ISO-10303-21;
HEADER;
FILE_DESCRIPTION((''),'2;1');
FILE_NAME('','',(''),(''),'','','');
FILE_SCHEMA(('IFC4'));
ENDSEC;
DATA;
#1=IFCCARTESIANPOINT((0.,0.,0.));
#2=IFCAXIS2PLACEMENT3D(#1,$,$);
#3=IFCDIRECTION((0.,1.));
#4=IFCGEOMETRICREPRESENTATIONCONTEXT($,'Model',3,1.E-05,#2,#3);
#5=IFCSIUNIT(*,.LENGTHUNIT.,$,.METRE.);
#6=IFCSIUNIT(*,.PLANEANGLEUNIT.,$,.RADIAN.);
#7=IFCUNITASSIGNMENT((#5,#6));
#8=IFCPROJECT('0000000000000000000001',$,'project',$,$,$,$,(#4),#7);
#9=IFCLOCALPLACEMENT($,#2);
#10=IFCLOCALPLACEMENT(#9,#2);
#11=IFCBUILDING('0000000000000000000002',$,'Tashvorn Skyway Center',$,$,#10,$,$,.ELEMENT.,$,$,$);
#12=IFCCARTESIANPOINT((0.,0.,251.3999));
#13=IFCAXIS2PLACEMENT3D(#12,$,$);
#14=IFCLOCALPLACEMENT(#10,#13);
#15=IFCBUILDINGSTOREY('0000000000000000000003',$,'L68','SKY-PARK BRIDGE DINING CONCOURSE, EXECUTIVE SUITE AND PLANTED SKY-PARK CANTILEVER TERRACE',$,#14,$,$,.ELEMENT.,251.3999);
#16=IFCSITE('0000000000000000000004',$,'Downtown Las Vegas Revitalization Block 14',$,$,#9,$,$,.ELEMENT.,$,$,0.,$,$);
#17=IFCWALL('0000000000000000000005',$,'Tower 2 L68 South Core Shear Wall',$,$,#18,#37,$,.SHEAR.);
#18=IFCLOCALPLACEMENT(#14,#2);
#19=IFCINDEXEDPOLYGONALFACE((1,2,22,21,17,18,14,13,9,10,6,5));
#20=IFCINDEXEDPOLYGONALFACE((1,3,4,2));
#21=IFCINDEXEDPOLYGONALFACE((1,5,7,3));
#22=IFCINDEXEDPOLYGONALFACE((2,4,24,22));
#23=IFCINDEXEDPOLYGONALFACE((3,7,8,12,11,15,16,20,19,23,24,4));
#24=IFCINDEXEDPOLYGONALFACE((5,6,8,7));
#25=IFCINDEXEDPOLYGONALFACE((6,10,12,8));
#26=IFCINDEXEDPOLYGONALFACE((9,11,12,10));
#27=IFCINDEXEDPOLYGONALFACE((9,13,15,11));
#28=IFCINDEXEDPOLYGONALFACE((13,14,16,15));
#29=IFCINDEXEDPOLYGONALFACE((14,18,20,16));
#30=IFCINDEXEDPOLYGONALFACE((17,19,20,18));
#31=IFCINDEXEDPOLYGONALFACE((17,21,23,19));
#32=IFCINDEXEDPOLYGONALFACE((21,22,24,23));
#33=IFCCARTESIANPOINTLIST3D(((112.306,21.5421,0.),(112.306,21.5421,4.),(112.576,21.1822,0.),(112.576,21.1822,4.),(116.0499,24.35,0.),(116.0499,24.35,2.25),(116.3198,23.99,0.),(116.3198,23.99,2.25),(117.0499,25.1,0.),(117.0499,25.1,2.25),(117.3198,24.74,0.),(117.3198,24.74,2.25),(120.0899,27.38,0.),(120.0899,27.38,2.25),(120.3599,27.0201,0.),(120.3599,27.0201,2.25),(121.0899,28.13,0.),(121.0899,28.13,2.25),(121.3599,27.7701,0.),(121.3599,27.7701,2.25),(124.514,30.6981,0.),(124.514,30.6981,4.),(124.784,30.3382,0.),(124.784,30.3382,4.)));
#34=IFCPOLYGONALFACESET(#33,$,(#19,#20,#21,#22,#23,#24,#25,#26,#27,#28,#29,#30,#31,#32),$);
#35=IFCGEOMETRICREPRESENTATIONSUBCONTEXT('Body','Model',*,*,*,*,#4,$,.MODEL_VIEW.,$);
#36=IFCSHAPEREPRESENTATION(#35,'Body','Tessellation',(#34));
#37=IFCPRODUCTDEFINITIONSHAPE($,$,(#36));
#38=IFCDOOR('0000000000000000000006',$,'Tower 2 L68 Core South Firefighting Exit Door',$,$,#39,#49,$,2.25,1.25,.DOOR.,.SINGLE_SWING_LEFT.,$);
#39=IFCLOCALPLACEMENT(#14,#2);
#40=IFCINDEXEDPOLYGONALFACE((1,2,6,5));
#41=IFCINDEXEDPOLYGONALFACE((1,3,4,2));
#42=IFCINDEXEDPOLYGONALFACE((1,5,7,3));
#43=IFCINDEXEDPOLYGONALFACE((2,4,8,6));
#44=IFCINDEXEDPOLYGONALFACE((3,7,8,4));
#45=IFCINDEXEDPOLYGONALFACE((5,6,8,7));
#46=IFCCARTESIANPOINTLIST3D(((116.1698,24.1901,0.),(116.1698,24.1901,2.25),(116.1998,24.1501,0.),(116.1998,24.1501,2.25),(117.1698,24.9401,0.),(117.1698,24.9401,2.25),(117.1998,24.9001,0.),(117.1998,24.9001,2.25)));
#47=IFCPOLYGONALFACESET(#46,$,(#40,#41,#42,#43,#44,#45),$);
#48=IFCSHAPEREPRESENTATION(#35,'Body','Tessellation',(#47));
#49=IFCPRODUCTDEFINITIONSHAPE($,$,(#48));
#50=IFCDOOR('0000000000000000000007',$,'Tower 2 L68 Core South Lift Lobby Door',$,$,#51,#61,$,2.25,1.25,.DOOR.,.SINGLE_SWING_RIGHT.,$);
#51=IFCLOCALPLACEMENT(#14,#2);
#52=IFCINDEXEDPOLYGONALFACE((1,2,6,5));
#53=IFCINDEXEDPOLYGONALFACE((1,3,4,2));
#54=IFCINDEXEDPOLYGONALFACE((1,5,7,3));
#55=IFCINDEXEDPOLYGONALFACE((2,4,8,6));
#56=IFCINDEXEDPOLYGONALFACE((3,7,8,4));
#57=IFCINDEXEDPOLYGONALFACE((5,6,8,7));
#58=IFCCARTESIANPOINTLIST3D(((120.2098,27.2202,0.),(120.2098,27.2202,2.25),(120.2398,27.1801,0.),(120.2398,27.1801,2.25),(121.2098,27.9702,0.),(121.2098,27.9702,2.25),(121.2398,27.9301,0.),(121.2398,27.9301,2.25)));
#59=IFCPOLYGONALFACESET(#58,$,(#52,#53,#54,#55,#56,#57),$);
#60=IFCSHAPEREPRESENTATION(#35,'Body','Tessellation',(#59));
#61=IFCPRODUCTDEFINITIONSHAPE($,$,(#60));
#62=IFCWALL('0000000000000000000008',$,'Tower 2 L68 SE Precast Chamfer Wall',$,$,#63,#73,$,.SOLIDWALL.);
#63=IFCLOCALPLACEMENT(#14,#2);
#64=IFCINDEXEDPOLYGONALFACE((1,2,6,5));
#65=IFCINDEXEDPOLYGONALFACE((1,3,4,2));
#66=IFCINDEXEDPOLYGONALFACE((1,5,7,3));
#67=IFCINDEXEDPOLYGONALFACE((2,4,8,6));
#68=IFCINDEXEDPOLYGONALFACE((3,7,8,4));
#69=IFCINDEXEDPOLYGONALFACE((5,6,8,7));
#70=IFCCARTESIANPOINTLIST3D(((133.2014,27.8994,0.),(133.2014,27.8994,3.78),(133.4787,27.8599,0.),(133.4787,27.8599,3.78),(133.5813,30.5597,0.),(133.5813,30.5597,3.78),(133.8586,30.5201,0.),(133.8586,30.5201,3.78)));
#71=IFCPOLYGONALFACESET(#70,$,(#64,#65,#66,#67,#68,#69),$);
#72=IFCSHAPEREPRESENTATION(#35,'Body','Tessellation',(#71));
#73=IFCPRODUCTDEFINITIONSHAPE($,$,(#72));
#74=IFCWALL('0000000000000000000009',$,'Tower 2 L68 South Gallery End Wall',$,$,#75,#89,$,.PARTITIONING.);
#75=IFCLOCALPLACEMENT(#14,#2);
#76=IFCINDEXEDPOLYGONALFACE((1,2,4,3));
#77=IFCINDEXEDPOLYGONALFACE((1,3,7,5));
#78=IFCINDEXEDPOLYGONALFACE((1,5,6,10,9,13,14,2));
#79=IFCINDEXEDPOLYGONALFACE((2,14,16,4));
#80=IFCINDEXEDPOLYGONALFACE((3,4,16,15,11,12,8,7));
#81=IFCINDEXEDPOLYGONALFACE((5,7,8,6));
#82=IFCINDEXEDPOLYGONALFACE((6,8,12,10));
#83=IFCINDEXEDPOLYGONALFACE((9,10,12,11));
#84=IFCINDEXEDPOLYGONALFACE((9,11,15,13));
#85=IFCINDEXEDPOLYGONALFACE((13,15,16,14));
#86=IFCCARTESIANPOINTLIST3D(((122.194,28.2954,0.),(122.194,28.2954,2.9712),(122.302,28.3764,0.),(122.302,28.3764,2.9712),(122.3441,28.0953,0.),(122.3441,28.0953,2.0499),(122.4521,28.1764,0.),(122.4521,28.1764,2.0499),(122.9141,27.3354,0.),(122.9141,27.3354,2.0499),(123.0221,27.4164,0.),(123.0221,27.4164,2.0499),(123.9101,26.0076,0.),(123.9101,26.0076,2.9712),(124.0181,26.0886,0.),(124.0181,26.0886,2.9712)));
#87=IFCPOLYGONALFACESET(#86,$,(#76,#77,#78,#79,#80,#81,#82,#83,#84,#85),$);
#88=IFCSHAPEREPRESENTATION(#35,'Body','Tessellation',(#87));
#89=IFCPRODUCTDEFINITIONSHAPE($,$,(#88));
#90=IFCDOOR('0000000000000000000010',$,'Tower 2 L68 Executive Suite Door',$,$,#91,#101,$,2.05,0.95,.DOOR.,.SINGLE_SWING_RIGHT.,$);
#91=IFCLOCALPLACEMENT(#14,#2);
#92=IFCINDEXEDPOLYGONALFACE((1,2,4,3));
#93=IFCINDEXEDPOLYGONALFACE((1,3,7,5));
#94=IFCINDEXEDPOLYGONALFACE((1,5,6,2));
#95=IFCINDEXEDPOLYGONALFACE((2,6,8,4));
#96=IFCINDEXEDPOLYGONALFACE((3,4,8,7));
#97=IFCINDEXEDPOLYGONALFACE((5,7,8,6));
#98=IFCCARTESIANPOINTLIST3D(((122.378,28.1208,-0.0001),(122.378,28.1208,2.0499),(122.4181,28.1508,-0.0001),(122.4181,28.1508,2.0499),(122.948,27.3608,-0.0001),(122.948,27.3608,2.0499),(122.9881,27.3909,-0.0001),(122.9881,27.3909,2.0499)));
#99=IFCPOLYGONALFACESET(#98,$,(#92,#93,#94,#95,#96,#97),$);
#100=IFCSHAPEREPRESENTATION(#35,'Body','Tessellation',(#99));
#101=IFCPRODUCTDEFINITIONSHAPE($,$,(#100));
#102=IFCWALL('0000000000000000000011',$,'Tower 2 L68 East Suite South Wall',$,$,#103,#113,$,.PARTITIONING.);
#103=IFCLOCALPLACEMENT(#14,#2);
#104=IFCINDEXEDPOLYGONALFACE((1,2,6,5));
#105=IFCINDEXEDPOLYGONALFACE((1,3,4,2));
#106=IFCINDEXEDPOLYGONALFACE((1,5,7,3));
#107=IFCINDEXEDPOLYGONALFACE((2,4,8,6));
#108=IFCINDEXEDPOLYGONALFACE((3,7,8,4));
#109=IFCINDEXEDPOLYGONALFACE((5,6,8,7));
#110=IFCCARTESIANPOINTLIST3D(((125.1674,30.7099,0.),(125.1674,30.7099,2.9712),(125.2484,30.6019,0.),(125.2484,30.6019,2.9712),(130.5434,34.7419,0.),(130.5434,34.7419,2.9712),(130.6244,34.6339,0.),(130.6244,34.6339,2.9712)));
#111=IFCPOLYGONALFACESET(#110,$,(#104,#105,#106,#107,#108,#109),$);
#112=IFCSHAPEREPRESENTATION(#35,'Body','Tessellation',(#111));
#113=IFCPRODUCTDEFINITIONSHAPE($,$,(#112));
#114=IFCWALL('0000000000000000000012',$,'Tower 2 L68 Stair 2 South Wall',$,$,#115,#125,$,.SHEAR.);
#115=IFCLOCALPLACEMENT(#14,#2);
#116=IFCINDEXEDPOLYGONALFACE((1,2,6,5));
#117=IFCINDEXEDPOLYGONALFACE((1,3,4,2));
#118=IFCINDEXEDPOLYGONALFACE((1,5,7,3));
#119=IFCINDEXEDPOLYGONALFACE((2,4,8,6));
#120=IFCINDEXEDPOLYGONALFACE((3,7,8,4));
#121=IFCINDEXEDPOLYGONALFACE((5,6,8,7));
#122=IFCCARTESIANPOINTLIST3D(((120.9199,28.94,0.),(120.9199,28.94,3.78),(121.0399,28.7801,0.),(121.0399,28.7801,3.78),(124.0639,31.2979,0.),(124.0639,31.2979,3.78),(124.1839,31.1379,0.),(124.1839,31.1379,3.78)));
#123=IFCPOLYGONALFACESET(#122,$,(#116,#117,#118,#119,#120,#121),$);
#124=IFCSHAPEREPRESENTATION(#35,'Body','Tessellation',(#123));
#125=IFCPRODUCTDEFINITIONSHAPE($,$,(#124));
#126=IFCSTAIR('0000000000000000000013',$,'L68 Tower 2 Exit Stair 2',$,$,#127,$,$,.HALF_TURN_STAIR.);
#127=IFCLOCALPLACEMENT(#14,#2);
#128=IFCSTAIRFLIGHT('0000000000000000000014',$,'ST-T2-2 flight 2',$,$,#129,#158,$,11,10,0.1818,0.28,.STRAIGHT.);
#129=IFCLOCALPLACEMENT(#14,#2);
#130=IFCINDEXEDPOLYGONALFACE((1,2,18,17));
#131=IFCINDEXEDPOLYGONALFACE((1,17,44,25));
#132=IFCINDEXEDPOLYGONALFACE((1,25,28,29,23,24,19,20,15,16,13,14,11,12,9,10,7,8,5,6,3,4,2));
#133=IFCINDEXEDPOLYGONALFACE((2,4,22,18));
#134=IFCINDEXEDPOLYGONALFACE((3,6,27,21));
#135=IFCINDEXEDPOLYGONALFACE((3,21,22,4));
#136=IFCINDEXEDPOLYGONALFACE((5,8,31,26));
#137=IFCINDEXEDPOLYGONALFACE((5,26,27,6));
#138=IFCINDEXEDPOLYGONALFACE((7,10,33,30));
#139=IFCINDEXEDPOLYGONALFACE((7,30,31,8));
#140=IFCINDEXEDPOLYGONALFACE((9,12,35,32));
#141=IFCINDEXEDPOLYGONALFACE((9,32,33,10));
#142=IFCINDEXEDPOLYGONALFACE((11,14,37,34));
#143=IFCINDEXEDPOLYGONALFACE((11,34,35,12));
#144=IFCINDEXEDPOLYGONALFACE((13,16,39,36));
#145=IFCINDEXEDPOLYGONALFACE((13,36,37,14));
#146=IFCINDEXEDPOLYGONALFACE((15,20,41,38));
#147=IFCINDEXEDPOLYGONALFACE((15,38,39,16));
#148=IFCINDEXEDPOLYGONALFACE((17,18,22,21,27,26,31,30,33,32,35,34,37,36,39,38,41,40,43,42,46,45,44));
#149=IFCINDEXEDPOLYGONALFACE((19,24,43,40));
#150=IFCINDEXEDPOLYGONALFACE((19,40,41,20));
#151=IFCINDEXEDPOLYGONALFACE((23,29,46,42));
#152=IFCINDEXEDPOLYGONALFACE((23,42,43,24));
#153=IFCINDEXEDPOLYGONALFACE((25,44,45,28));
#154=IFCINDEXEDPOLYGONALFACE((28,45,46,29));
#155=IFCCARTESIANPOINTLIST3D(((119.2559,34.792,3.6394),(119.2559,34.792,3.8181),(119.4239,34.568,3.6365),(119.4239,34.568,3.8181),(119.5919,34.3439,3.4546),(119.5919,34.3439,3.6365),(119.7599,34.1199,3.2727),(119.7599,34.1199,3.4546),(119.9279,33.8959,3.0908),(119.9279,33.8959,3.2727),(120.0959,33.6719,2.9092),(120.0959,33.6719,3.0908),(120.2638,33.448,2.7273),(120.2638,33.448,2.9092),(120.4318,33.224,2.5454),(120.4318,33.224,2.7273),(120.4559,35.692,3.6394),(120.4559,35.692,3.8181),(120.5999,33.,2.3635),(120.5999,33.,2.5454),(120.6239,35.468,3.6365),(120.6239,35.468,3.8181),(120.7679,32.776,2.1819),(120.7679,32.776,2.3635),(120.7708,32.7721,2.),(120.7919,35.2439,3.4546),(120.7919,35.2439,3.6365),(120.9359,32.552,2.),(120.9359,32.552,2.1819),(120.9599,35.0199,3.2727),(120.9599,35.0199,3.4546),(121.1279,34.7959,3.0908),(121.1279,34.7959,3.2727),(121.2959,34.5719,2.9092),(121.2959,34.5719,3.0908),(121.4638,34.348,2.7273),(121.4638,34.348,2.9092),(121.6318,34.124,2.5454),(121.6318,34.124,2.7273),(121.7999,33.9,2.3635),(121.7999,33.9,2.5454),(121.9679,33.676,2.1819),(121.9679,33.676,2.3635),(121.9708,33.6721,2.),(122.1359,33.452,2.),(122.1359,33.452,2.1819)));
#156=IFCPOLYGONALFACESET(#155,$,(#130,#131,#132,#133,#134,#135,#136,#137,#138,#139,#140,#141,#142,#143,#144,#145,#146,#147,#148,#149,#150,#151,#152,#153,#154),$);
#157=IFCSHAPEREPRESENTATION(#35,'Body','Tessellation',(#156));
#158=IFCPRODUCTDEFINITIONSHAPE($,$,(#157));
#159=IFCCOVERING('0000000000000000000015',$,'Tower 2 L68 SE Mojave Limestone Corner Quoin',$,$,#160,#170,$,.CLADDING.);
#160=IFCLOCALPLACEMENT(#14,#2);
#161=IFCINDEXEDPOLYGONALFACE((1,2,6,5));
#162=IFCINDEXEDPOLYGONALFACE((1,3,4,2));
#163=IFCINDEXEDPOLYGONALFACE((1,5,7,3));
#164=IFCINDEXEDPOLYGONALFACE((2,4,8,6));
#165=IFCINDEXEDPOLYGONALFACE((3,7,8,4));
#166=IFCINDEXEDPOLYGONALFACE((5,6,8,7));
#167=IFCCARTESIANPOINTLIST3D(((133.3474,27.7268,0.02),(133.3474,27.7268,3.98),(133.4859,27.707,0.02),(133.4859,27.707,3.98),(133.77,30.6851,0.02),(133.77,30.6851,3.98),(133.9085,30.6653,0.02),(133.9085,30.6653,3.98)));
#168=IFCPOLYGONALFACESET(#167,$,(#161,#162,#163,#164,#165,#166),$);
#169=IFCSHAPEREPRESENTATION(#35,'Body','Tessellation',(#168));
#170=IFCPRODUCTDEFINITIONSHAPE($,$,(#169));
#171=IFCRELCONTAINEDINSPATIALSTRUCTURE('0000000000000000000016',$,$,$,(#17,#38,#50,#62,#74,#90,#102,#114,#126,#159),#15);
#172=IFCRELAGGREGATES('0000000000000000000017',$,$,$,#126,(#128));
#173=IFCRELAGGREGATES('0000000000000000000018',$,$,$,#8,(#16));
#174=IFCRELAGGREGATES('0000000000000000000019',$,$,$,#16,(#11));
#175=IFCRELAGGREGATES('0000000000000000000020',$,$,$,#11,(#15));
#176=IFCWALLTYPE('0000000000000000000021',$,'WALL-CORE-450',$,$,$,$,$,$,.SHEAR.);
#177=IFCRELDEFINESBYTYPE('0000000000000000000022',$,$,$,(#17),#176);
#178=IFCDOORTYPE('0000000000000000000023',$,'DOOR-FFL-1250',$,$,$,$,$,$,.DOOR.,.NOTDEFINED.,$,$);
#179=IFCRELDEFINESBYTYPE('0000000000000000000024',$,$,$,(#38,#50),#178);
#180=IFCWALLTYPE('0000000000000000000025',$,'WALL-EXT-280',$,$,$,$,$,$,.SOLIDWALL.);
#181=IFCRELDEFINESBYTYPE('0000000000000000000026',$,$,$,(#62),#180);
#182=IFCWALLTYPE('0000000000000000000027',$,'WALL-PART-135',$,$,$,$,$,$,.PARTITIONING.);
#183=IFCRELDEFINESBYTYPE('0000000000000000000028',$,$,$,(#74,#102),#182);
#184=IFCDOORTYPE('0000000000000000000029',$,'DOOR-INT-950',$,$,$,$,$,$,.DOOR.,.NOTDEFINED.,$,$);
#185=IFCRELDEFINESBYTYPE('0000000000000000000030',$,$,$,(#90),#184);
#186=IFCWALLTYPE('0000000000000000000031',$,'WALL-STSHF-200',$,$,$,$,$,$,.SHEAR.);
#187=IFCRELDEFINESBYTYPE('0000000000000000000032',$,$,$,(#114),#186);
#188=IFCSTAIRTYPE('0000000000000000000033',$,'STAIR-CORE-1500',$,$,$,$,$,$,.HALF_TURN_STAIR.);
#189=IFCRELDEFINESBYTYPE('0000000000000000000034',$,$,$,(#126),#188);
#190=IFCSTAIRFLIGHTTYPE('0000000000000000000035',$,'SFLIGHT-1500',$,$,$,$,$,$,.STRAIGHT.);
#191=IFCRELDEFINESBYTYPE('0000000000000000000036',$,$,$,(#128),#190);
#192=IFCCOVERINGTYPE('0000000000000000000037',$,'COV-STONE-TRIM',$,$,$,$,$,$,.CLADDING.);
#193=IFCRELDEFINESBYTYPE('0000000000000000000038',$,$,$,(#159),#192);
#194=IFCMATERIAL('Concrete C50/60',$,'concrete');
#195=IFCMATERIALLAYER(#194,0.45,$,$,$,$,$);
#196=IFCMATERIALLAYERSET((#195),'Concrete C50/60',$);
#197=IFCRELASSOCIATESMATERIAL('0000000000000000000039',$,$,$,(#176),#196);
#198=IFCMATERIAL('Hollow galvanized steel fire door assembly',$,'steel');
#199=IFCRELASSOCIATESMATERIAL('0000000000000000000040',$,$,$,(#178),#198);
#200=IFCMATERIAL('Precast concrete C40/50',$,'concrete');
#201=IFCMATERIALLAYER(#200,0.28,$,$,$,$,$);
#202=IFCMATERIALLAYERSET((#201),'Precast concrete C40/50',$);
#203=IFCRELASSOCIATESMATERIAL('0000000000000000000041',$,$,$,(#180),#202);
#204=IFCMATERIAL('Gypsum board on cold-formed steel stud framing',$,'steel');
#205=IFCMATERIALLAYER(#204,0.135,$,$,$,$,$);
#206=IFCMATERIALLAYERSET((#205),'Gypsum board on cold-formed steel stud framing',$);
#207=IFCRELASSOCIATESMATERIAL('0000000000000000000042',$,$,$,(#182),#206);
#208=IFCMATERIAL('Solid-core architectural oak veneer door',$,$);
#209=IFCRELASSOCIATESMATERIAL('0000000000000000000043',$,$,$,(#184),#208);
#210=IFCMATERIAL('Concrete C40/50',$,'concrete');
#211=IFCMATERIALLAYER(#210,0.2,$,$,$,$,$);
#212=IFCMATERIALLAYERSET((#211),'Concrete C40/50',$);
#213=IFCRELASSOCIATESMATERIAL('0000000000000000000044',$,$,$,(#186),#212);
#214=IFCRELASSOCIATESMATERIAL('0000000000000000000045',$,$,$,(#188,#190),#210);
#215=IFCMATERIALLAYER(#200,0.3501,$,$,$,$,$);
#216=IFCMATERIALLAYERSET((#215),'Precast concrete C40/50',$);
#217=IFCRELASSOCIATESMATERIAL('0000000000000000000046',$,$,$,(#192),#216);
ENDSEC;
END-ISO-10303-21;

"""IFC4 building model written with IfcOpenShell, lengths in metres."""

from ifc_helpers import new_model, si_unit, direction, frame, frame_2d, origin, origin_2d, place, context, subcontext, project, spatial, polyline, rectangle, outline, extrude, material, layer, layer_set, type_object, element, fill, aggregate, save


model = new_model("IFC4")

# Units and contexts
model_context = context("Model", 3, precision=1e-05, world=origin(), true_north=direction((0.0, 1.0)))
body_context = subcontext(model_context, "Body", "Model", "MODEL_VIEW")
ifc_project = project(units=[si_unit("LENGTHUNIT", "METRE"), si_unit("PLANEANGLEUNIT", "RADIAN")], contexts=[model_context])

# Site, building, storey
site_placement = place(None, origin())
site = spatial("IfcSite", under=ifc_project, at=site_placement, Name="Downtown Las Vegas Revitalization Block 14", CompositionType="ELEMENT", RefElevation=0.0)
building_placement = place(site_placement, origin())
building = spatial("IfcBuilding", under=site, at=building_placement, Name="Tashvorn Skyway Center", CompositionType="ELEMENT")
storey_placement = place(building_placement, frame((0.0, 0.0, 251.3999)))
storey = spatial("IfcBuildingStorey", under=building, at=storey_placement, Name="L68", Description="SKY-PARK BRIDGE DINING CONCOURSE, EXECUTIVE SUITE AND PLANTED SKY-PARK CANTILEVER TERRACE", CompositionType="ELEMENT", Elevation=251.3999)

# Wall, openings, doors
ifc_material_1 = material(Name="Concrete C50/60", Category="concrete")
ifc_layer_1 = layer(ifc_material_1, 0.45)
ifc_layer_set_1 = layer_set([ifc_layer_1], Name="Concrete C50/60")
wall_type_1 = type_object("IfcWallType", Name="WALL-CORE-450", PredefinedType="SHEAR", material=ifc_layer_set_1)
wall_1_placement = place(storey_placement, frame((124.6489, 30.5181, 0.0), z_axis=(0.0, 0.0, 1.0), x_axis=(-0.8, -0.6, 0.0)))
wall_1 = element("IfcWall", 1, at=wall_1_placement, inside=storey, type_object=wall_type_1, Name="Tower 2 L68 South Core Shear Wall", PredefinedType="SHEAR", context=body_context, shape_type="SweptSolid", body=[
    extrude(rectangle(XDim=15.26, YDim=0.45, at=frame_2d((7.6299, 0.0))), origin(), (0.0, 0.0, 1.0), 4.0),
])
opening_1_placement = place(wall_1_placement, frame((9.3301, 0.0, 0.0)))
opening_1 = element("IfcOpeningElement", 2, at=opening_1_placement, cuts=wall_1, PredefinedType="OPENING", context=body_context, shape_type="SweptSolid", body=[
    extrude(rectangle(XDim=1.25, YDim=2.25, at=frame_2d((0.625, 1.125))), frame((0.0, 0.2349, 0.0), z_axis=(0.0, -1.0, 0.0), x_axis=(1.0, 0.0, 0.0)), (0.0, 0.0, 1.0), 0.47),
])
opening_2_placement = place(wall_1_placement, frame((4.28, 0.0, 0.0)))
opening_2 = element("IfcOpeningElement", 3, at=opening_2_placement, cuts=wall_1, PredefinedType="OPENING", context=body_context, shape_type="SweptSolid", body=[
    extrude(rectangle(XDim=1.25, YDim=2.25, at=frame_2d((0.625, 1.125))), frame((0.0, 0.2349, 0.0), z_axis=(0.0, -1.0, 0.0), x_axis=(1.0, 0.0, 0.0)), (0.0, 0.0, 1.0), 0.47),
])
ifc_material_2 = material(Name="Hollow galvanized steel fire door assembly", Category="steel")
door_type_1 = type_object("IfcDoorType", Name="DOOR-FFL-1250", OperationType="NOTDEFINED", PredefinedType="DOOR", material=ifc_material_2)
door_1_placement = place(opening_1_placement, origin())
door_1 = element("IfcDoor", 4, at=door_1_placement, inside=storey, type_object=door_type_1, Name="Tower 2 L68 Core South Firefighting Exit Door", OperationType="SINGLE_SWING_LEFT", OverallHeight=2.25, OverallWidth=1.25, PredefinedType="DOOR", context=body_context, shape_type="SweptSolid", body=[
    extrude(rectangle(XDim=1.25, YDim=2.25, at=frame_2d((0.625, 1.125))), frame((0.0, 0.0249, 0.0), z_axis=(0.0, -1.0, 0.0), x_axis=(1.0, 0.0, 0.0)), (0.0, 0.0, 1.0), 0.05),
])
fill(opening_1, door_1)
door_2_placement = place(opening_2_placement, origin())
door_2 = element("IfcDoor", 5, at=door_2_placement, inside=storey, type_object=door_type_1, Name="Tower 2 L68 Core South Lift Lobby Door", OperationType="SINGLE_SWING_RIGHT", OverallHeight=2.25, OverallWidth=1.25, PredefinedType="DOOR", context=body_context, shape_type="SweptSolid", body=[
    extrude(rectangle(XDim=1.25, YDim=2.25, at=frame_2d((0.625, 1.125))), frame((0.0, 0.0249, 0.0), z_axis=(0.0, -1.0, 0.0), x_axis=(1.0, 0.0, 0.0)), (0.0, 0.0, 1.0), 0.05),
])
fill(opening_2, door_2)

# Wall
ifc_material_3 = material(Name="Precast concrete C40/50", Category="concrete")
ifc_layer_2 = layer(ifc_material_3, 0.28)
ifc_layer_set_2 = layer_set([ifc_layer_2], Name="Precast concrete C40/50")
wall_type_2 = type_object("IfcWallType", Name="WALL-EXT-280", PredefinedType="SOLIDWALL", material=ifc_layer_set_2)
wall_2_placement = place(storey_placement, frame((133.72, 30.54, 0.0), z_axis=(0.0, 0.0, 1.0), x_axis=(-0.14137, -0.989957, 0.0)))
element("IfcWall", 6, at=wall_2_placement, inside=storey, type_object=wall_type_2, Name="Tower 2 L68 SE Precast Chamfer Wall", PredefinedType="SOLIDWALL", context=body_context, shape_type="SweptSolid", body=[
    extrude(rectangle(XDim=2.6873, YDim=0.28, at=frame_2d((1.3438, 0.0))), origin(), (0.0, 0.0, 1.0), 3.78),
])

# Wall, opening, door
ifc_material_4 = material(Name="Gypsum board on cold-formed steel stud framing", Category="steel")
ifc_layer_3 = layer(ifc_material_4, 0.135)
ifc_layer_set_3 = layer_set([ifc_layer_3], Name="Gypsum board on cold-formed steel stud framing")
wall_type_3 = type_object("IfcWallType", Name="WALL-PART-135", PredefinedType="PARTITIONING", material=ifc_layer_set_3)
wall_3_placement = place(storey_placement, frame((122.248, 28.3359, 0.0), z_axis=(0.0, 0.0, 1.0), x_axis=(0.600041, -0.799969, 0.0)))
wall_3 = element("IfcWall", 7, at=wall_3_placement, inside=storey, type_object=wall_type_3, Name="Tower 2 L68 South Gallery End Wall", PredefinedType="PARTITIONING", context=body_context, shape_type="SweptSolid", body=[
    extrude(rectangle(XDim=2.8599, YDim=0.135, at=frame_2d((1.4299, 0.0))), origin(), (0.0, 0.0, 1.0), 2.9712),
])
opening_3_placement = place(wall_3_placement, frame((0.25, 0.0, 0.0)))
opening_3 = element("IfcOpeningElement", 8, at=opening_3_placement, cuts=wall_3, PredefinedType="OPENING", context=body_context, shape_type="SweptSolid", body=[
    extrude(rectangle(XDim=0.95, YDim=2.05, at=frame_2d((0.4751, 1.0249))), frame((0.0, 0.0774, 0.0), z_axis=(0.0, -1.0, 0.0), x_axis=(1.0, 0.0, 0.0)), (0.0, 0.0, 1.0), 0.155),
])
ifc_material_5 = material(Name="Solid-core architectural oak veneer door")
door_type_2 = type_object("IfcDoorType", Name="DOOR-INT-950", OperationType="NOTDEFINED", PredefinedType="DOOR", material=ifc_material_5)
door_3_placement = place(opening_3_placement, origin())
door_3 = element("IfcDoor", 9, at=door_3_placement, inside=storey, type_object=door_type_2, Name="Tower 2 L68 Executive Suite Door", OperationType="SINGLE_SWING_RIGHT", OverallHeight=2.05, OverallWidth=0.95, PredefinedType="DOOR", context=body_context, shape_type="SweptSolid", body=[
    extrude(rectangle(XDim=0.95, YDim=2.05, at=frame_2d((0.4751, 1.0249))), frame((0.0, 0.0249, 0.0), z_axis=(0.0, -1.0, 0.0), x_axis=(1.0, 0.0, 0.0)), (0.0, 0.0, 1.0), 0.05),
])
fill(opening_3, door_3)

# Walls
wall_4_placement = place(storey_placement, frame((125.208, 30.656, 0.0), z_axis=(0.0, 0.0, 1.0), x_axis=(0.8, 0.6, 0.0)))
element("IfcWall", 10, at=wall_4_placement, inside=storey, type_object=wall_type_3, Name="Tower 2 L68 East Suite South Wall", PredefinedType="PARTITIONING", context=body_context, shape_type="SweptSolid", body=[
    extrude(rectangle(XDim=6.72, YDim=0.135, at=frame_2d((3.3599, 0.0))), origin(), (0.0, 0.0, 1.0), 2.9712),
])
ifc_material_6 = material(Name="Concrete C40/50", Category="concrete")
ifc_layer_4 = layer(ifc_material_6, 0.2)
ifc_layer_set_4 = layer_set([ifc_layer_4], Name="Concrete C40/50")
wall_type_4 = type_object("IfcWallType", Name="WALL-STSHF-200", PredefinedType="SHEAR", material=ifc_layer_set_4)
wall_5_placement = place(storey_placement, frame((120.98, 28.8601, 0.0), z_axis=(0.0, 0.0, 1.0), x_axis=(0.800015, 0.59998, 0.0)))
element("IfcWall", 11, at=wall_5_placement, inside=storey, type_object=wall_type_4, Name="Tower 2 L68 Stair 2 South Wall", PredefinedType="SHEAR", context=body_context, shape_type="SweptSolid", body=[
    extrude(rectangle(XDim=3.9299, YDim=0.2, at=frame_2d((1.9648, 0.0))), origin(), (0.0, 0.0, 1.0), 3.78),
])

# Stair, stair flight
stair_type = type_object("IfcStairType", Name="STAIR-CORE-1500", PredefinedType="HALF_TURN_STAIR", material=ifc_material_6)
stair_placement = place(storey_placement, origin())
stair = element("IfcStair", 12, at=stair_placement, inside=storey, type_object=stair_type, Name="L68 Tower 2 Exit Stair 2", PredefinedType="HALF_TURN_STAIR")
stair_flight_type = type_object("IfcStairFlightType", Name="SFLIGHT-1500", PredefinedType="STRAIGHT", material=ifc_material_6)
stair_flight_placement = place(storey_placement, frame((121.5359, 33.002, 2.0), z_axis=(0.0, 0.0, 1.0), x_axis=(-0.6, 0.8, 0.0)))
stair_flight = element("IfcStairFlight", 13, at=stair_flight_placement, type_object=stair_flight_type, Name="ST-T2-2 flight 2", NumberOfRisers=11, NumberOfTreads=10, PredefinedType="STRAIGHT", RiserHeight=0.1818, TreadLength=0.28, context=body_context, shape_type="SweptSolid", body=[
    extrude(outline(polyline([(0.0, 0.0), (0.0, 0.1819), (0.28, 0.1819), (0.28, 0.3635), (0.5601, 0.3635), (0.5601, 0.5454), (0.8401, 0.5454), (0.8401, 0.7273), (1.1201, 0.7273), (1.1201, 0.9092), (1.3999, 0.9092), (1.3999, 1.0908), (1.6799, 1.0908), (1.6799, 1.2727), (1.96, 1.2727), (1.96, 1.4546), (2.24, 1.4546), (2.24, 1.6365), (2.52, 1.6365), (2.52, 1.8181), (2.8, 1.8181), (2.8, 2.0), (2.8, 1.6394), (0.2751, 0.0), (0.0, 0.0)])), frame((0.0, 0.75, 0.0), z_axis=(0.0, -1.0, 0.0), x_axis=(1.0, 0.0, 0.0)), (0.0, 0.0, 1.0), 1.5),
])
aggregate(stair, [stair_flight])

# Covering
ifc_layer_5 = layer(ifc_material_3, 0.3501)
ifc_layer_set_5 = layer_set([ifc_layer_5], Name="Precast concrete C40/50")
covering_type = type_object("IfcCoveringType", Name="COV-STONE-TRIM", PredefinedType="CLADDING", material=ifc_layer_set_5)
covering_placement = place(storey_placement, frame((133.6279, 29.196, 0.02), z_axis=(0.0, 0.0, 1.0), x_axis=(0.141421, 0.989949, 0.0)))
element("IfcCovering", 14, at=covering_placement, inside=storey, type_object=covering_type, Name="Tower 2 L68 SE Mojave Limestone Corner Quoin", PredefinedType="CLADDING", context=body_context, shape_type="SweptSolid", body=[
    extrude(rectangle(XDim=2.9883, YDim=0.1399, at=origin_2d()), origin(), (0.0, 0.0, 1.0), 3.96),
])

save(model, "model.ifc")
